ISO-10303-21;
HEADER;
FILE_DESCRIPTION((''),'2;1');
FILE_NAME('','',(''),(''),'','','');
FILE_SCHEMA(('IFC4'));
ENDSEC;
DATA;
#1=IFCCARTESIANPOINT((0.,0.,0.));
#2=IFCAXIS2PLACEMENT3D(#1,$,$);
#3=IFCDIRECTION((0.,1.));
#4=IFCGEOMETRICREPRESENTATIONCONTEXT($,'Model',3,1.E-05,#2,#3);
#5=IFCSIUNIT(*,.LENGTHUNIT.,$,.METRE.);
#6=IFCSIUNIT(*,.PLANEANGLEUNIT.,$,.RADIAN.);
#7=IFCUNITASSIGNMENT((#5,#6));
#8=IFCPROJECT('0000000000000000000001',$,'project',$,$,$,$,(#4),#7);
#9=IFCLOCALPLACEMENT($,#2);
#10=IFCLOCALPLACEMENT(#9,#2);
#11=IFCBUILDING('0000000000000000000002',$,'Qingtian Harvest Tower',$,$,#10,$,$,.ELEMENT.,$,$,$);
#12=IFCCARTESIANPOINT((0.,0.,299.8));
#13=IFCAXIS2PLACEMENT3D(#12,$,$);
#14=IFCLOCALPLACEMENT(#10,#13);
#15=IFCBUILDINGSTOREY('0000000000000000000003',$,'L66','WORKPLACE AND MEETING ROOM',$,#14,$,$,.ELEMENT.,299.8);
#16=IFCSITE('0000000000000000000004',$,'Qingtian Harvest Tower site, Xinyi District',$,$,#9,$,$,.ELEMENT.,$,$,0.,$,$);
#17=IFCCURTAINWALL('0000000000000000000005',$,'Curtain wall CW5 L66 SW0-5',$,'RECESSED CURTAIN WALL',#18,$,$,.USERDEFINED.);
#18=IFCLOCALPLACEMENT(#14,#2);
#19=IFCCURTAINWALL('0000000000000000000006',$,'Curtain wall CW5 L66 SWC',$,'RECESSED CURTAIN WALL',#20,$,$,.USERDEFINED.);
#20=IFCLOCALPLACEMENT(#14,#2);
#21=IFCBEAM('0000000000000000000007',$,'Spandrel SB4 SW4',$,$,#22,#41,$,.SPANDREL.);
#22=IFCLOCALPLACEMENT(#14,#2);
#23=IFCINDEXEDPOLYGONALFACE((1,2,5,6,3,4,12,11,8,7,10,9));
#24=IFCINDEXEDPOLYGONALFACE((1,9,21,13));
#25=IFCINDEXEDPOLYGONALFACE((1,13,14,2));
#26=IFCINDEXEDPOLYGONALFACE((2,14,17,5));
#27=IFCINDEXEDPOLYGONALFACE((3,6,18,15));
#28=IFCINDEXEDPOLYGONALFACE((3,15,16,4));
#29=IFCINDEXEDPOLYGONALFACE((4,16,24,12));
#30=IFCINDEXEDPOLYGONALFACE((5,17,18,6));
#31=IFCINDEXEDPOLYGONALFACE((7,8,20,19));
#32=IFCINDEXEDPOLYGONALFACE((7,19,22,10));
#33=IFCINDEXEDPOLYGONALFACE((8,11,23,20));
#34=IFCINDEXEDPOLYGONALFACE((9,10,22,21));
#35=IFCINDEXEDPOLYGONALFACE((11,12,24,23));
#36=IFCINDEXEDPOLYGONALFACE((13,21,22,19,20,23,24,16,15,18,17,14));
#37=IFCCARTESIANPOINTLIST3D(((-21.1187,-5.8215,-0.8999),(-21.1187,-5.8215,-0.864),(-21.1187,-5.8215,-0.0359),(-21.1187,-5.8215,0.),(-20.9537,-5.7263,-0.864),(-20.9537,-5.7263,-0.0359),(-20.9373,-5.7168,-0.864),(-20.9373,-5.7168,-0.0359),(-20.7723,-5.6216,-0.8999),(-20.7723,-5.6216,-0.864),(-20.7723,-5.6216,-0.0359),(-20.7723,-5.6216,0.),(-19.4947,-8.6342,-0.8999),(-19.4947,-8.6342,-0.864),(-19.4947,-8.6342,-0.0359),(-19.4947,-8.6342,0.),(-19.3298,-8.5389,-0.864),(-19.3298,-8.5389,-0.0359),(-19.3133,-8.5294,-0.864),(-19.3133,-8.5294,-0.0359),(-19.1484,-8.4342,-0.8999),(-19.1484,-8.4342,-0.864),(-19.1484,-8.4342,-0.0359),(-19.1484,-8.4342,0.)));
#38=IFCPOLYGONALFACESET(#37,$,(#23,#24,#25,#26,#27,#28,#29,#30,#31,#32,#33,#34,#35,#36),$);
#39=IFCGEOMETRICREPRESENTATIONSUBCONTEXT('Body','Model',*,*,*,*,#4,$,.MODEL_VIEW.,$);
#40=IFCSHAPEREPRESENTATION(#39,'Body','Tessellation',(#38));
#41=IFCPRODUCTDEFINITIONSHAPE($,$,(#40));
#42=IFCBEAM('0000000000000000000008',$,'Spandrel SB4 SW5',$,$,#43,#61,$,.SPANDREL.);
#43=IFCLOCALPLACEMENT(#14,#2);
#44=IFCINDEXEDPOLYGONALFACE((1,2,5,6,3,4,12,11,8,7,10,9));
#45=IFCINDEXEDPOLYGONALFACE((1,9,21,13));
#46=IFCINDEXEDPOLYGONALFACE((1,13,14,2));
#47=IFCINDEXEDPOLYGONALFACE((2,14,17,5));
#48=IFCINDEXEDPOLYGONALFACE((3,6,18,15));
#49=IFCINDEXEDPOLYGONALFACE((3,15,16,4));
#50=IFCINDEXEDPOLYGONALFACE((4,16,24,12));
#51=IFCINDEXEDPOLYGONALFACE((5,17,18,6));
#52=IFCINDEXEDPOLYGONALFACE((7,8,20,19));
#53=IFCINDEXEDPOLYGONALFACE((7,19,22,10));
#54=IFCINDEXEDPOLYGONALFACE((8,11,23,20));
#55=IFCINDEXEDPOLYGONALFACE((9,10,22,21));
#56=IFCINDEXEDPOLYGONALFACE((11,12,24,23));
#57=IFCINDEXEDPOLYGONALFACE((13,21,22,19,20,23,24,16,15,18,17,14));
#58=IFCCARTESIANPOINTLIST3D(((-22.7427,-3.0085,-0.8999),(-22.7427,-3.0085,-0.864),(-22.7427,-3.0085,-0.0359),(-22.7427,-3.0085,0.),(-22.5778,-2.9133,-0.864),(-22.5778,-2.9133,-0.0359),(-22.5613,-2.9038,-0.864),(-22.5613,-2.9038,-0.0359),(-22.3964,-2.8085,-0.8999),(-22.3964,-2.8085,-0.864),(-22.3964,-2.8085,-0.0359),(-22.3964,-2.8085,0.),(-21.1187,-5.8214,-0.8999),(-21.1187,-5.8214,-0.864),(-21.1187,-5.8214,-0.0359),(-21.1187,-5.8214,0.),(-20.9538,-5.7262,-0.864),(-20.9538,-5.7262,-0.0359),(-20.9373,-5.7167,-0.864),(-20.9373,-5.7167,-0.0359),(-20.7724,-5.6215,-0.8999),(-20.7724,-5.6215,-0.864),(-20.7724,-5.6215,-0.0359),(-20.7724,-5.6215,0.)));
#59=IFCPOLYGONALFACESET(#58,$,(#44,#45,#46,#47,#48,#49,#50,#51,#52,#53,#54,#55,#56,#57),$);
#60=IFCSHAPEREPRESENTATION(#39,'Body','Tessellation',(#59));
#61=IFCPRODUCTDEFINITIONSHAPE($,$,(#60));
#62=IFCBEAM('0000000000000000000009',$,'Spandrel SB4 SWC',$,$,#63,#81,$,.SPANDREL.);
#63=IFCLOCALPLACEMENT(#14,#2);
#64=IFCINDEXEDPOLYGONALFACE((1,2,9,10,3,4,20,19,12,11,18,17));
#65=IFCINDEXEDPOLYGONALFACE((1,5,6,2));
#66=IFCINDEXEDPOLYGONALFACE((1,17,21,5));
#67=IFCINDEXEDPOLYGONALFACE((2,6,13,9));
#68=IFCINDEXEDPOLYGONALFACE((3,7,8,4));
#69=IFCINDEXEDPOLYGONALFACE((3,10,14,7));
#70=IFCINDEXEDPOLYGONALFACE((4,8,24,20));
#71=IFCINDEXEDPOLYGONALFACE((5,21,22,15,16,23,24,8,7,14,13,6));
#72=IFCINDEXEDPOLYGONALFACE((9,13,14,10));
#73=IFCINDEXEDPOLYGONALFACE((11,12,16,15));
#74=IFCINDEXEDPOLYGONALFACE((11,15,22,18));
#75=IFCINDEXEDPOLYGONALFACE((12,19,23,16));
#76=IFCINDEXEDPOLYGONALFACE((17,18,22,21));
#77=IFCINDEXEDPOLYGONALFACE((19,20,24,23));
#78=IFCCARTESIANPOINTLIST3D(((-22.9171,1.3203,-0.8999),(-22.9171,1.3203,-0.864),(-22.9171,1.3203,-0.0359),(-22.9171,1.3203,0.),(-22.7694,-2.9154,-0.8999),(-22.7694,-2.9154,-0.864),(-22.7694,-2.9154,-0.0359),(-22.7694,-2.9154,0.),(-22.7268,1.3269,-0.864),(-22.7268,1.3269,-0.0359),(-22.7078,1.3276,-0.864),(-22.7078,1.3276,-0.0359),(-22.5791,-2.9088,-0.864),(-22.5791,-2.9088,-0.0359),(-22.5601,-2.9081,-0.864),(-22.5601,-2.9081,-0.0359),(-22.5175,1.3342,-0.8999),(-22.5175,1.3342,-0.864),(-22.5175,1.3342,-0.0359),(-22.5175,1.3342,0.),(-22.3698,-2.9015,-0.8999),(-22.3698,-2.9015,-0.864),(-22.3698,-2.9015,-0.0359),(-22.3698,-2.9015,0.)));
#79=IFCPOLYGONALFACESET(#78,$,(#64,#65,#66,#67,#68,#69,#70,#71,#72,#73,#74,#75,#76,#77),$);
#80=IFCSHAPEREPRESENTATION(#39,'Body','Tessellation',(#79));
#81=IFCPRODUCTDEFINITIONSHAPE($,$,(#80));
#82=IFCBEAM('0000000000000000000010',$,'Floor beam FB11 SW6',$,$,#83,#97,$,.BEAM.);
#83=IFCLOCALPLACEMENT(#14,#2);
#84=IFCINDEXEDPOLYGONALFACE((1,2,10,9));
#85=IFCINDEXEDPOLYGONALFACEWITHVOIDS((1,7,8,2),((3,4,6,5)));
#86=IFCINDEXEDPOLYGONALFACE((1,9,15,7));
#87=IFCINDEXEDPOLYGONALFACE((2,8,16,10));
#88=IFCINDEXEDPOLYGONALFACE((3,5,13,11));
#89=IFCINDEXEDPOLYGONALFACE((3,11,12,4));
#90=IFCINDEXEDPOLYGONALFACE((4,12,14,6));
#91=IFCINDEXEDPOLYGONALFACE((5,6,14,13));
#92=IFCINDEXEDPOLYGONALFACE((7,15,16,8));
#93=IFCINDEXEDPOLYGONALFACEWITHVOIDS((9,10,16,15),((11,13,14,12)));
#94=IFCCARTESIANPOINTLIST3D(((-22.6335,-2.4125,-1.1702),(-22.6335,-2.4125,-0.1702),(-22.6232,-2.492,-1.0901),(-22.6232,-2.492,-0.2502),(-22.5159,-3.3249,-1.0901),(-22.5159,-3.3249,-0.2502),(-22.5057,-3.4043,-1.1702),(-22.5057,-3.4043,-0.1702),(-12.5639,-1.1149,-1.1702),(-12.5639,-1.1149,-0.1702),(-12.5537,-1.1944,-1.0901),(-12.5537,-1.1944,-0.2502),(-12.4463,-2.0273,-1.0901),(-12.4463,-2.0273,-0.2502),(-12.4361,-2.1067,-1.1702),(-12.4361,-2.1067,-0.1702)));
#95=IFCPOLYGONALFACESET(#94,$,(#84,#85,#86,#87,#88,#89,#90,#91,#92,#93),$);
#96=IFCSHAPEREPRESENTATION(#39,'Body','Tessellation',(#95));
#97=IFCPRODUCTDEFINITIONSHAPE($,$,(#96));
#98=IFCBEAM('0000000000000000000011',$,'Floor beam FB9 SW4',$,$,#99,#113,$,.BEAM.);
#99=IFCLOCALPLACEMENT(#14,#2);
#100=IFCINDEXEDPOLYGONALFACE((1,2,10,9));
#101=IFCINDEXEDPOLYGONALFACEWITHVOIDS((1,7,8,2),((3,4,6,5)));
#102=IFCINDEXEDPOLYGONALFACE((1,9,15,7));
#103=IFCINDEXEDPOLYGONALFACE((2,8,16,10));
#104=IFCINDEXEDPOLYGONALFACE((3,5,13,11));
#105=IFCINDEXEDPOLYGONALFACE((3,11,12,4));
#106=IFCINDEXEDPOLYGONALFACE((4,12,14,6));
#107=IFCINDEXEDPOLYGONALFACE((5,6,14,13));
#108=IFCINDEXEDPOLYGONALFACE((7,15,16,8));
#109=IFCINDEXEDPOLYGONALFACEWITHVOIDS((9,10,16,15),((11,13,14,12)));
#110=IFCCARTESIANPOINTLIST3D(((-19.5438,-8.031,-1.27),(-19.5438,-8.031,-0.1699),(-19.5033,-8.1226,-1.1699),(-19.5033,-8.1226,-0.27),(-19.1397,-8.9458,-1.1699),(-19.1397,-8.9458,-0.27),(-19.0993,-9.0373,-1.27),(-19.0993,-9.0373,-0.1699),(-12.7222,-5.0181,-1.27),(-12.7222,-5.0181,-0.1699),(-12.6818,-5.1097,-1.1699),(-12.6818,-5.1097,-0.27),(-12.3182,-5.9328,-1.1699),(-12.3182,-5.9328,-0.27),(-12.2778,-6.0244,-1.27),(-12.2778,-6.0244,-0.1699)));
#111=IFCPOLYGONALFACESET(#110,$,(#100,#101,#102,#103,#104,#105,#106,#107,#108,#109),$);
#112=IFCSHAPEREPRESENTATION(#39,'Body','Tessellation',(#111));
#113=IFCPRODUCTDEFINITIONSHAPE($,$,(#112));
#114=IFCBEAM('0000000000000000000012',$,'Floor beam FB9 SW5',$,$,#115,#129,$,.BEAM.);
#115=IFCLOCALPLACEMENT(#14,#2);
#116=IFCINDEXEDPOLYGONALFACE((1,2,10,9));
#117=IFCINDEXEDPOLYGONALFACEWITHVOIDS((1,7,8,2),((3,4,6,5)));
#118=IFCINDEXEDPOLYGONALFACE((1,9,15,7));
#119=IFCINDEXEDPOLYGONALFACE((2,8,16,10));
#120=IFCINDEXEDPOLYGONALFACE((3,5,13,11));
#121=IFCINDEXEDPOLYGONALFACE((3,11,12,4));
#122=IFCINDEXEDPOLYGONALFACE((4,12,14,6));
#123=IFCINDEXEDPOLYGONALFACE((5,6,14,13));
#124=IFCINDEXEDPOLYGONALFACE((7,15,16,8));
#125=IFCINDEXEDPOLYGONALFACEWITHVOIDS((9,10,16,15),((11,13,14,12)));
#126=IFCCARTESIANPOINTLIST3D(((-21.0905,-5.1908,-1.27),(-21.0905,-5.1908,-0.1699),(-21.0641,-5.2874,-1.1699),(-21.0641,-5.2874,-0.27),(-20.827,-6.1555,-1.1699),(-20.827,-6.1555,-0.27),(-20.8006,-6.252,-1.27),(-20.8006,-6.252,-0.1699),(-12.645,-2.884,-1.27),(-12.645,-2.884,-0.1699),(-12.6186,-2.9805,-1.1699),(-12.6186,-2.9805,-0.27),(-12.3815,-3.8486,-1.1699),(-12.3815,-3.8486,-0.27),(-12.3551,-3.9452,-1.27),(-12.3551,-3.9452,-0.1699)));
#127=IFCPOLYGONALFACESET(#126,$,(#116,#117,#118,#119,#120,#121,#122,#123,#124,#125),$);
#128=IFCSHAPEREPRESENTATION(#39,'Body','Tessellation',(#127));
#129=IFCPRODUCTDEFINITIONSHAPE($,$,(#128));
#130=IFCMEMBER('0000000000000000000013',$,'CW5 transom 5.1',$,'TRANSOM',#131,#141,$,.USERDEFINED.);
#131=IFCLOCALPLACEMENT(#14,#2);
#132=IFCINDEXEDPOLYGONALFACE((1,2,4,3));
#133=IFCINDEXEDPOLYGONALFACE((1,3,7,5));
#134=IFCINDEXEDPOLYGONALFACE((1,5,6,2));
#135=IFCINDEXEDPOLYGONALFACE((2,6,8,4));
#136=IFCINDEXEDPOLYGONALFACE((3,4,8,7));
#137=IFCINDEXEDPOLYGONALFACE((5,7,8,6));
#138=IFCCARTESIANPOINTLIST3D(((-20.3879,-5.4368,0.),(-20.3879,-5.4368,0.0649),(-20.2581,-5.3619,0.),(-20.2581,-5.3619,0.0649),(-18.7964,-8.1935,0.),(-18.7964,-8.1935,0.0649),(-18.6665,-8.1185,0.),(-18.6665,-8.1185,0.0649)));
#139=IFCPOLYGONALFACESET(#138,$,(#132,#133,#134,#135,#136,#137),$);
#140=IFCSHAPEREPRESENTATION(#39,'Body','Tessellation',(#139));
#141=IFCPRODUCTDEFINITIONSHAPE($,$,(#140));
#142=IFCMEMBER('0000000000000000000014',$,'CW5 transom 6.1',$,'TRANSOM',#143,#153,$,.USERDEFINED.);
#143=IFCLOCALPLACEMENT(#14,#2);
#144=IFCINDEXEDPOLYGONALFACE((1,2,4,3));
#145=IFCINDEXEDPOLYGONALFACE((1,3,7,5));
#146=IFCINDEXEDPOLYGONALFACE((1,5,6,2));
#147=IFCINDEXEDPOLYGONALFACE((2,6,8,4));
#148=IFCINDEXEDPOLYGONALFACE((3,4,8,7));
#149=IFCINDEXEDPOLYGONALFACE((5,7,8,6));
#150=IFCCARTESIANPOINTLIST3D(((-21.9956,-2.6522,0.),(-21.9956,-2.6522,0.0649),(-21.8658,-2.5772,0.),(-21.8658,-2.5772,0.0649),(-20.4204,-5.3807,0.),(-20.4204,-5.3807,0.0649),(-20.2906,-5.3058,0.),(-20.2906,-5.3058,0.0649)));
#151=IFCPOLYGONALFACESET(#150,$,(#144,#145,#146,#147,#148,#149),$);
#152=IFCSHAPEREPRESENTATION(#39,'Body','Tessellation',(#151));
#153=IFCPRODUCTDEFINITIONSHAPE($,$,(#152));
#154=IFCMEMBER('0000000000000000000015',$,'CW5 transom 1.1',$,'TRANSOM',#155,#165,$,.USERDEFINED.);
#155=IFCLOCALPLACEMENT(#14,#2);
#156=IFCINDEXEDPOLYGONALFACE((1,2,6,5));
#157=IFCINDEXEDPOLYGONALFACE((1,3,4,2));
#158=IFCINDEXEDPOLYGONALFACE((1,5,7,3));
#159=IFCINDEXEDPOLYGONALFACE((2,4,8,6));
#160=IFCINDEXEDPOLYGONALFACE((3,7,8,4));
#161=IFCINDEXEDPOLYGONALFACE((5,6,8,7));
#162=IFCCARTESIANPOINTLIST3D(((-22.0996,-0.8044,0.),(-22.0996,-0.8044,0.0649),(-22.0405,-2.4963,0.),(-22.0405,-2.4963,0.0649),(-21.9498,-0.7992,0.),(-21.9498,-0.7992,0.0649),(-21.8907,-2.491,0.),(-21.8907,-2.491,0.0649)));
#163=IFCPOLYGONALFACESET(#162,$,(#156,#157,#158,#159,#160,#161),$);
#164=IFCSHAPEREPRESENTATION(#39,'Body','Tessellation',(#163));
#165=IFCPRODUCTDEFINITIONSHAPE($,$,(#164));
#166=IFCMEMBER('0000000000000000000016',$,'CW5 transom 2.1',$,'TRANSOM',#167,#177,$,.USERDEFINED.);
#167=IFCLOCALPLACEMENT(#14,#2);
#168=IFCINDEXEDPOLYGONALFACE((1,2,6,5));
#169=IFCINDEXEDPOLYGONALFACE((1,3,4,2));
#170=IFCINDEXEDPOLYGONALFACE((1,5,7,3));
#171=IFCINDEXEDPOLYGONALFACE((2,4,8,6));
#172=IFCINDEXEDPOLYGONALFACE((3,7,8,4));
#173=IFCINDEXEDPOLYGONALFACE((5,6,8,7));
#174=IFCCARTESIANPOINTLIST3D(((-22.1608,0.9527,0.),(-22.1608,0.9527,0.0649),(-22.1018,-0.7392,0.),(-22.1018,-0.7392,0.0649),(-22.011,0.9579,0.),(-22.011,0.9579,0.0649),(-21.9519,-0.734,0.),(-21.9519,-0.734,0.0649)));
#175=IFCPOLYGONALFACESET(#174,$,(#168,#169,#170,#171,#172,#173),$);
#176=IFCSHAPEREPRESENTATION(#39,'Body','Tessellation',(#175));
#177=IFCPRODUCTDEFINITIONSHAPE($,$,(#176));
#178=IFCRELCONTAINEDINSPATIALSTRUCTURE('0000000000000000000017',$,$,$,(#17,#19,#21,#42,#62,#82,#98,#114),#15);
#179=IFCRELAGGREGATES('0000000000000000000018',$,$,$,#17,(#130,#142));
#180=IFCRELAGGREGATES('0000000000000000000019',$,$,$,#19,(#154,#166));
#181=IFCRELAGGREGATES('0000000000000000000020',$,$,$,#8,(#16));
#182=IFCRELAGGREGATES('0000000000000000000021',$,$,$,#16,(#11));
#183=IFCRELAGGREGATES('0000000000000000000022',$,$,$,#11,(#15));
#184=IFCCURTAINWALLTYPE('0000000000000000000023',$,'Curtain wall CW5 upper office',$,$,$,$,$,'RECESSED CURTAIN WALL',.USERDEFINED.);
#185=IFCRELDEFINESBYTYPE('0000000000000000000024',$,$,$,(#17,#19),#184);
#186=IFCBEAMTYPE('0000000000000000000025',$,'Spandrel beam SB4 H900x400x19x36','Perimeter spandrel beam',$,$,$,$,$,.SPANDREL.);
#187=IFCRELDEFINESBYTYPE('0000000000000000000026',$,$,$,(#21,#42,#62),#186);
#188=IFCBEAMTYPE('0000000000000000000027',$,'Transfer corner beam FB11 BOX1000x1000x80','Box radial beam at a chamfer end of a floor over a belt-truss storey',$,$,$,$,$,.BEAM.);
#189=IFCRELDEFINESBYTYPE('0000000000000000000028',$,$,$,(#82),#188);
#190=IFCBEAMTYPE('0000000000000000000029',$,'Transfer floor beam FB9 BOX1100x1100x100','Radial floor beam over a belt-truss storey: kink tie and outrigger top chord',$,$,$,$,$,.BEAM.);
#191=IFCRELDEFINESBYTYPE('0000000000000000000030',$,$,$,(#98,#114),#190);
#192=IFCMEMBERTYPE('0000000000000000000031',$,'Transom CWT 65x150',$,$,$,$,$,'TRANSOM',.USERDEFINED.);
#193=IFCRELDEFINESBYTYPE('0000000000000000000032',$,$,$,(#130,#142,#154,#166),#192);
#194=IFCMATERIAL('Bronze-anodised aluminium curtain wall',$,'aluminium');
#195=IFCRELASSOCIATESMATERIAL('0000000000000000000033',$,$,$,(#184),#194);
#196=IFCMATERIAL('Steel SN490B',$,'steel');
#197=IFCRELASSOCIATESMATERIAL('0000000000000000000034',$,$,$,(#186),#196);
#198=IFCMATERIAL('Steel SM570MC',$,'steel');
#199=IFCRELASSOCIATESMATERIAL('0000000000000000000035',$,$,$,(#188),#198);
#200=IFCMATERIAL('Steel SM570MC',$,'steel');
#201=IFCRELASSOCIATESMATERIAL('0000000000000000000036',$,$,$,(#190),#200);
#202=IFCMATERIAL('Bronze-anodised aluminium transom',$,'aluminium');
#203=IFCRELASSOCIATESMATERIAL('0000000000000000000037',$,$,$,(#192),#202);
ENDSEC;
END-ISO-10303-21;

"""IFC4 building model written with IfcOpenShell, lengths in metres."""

from ifc_helpers import new_model, si_unit, direction, frame, origin, origin_2d, place, context, subcontext, project, spatial, rectangle, hollow_rectangle, i_section, extrude, material, material_profile, profile_set, type_object, element, aggregate, save


model = new_model("IFC4")

# Units and contexts
model_context = context("Model", 3, precision=1e-05, world=origin(), true_north=direction((0.0, 1.0)))
body_context = subcontext(model_context, "Body", "Model", "MODEL_VIEW")
ifc_project = project(units=[si_unit("LENGTHUNIT", "METRE"), si_unit("PLANEANGLEUNIT", "RADIAN")], contexts=[model_context])

# Site, building, storey
site_placement = place(None, origin())
site = spatial("IfcSite", under=ifc_project, at=site_placement, Name="Qingtian Harvest Tower site, Xinyi District", CompositionType="ELEMENT", RefElevation=0.0)
building_placement = place(site_placement, origin())
building = spatial("IfcBuilding", under=site, at=building_placement, Name="Qingtian Harvest Tower", CompositionType="ELEMENT")
storey_placement = place(building_placement, frame((0.0, 0.0, 299.8)))
storey = spatial("IfcBuildingStorey", under=building, at=storey_placement, Name="L66", Description="WORKPLACE AND MEETING ROOM", CompositionType="ELEMENT", Elevation=299.8)

# Curtain walls
ifc_material_1 = material(Name="Bronze-anodised aluminium curtain wall", Category="aluminium")
curtain_wall_type = type_object("IfcCurtainWallType", Name="Curtain wall CW5 upper office", ElementType="RECESSED CURTAIN WALL", PredefinedType="USERDEFINED", material=ifc_material_1)
curtain_wall_1_placement = place(storey_placement, origin())
curtain_wall_1 = element("IfcCurtainWall", 1, at=curtain_wall_1_placement, inside=storey, type_object=curtain_wall_type, Name="Curtain wall CW5 L66 SW0-5", ObjectType="RECESSED CURTAIN WALL", PredefinedType="USERDEFINED")
curtain_wall_2_placement = place(storey_placement, origin())
curtain_wall_2 = element("IfcCurtainWall", 2, at=curtain_wall_2_placement, inside=storey, type_object=curtain_wall_type, Name="Curtain wall CW5 L66 SWC", ObjectType="RECESSED CURTAIN WALL", PredefinedType="USERDEFINED")

# Beams
ifc_material_2 = material(Name="Steel SN490B", Category="steel")
ifc_material_profile_1 = material_profile(ifc_material_2, i_section(OverallWidth=0.3999, OverallDepth=0.8999, WebThickness=0.019, FlangeThickness=0.0359, at=origin_2d()), Name="H900x400x19x36")
ifc_profile_set_1 = profile_set([ifc_material_profile_1], Name="Steel SN490B")
beam_type_1 = type_object("IfcBeamType", Name="Spandrel beam SB4 H900x400x19x36", Description="Perimeter spandrel beam", PredefinedType="SPANDREL", material=ifc_profile_set_1)
beam_1_placement = place(storey_placement, frame((-19.3215, -8.5342, -0.45), z_axis=(-0.50002, 0.866014, 0.0), x_axis=(-0.866014, -0.50002, 0.0)))
element("IfcBeam", 3, at=beam_1_placement, inside=storey, type_object=beam_type_1, Name="Spandrel SB4 SW4", PredefinedType="SPANDREL", context=body_context, shape_type="SweptSolid", body=[
    extrude(i_section(OverallWidth=0.3999, OverallDepth=0.8999, WebThickness=0.019, FlangeThickness=0.0359, at=origin_2d()), origin(), (0.0, 0.0, 1.0), 3.2478),
])
beam_2_placement = place(storey_placement, frame((-20.9456, -5.7214, -0.45), z_axis=(-0.499987, 0.866033, 0.0), x_axis=(-0.866033, -0.499987, 0.0)))
element("IfcBeam", 4, at=beam_2_placement, inside=storey, type_object=beam_type_1, Name="Spandrel SB4 SW5", PredefinedType="SPANDREL", context=body_context, shape_type="SweptSolid", body=[
    extrude(i_section(OverallWidth=0.3999, OverallDepth=0.8999, WebThickness=0.019, FlangeThickness=0.0359, at=origin_2d()), origin(), (0.0, 0.0, 1.0), 3.248),
])
beam_3_placement = place(storey_placement, frame((-22.5696, -2.9084, -0.45), z_axis=(-0.034851, 0.999393, 0.0), x_axis=(-0.999393, -0.034851, 0.0)))
element("IfcBeam", 5, at=beam_3_placement, inside=storey, type_object=beam_type_1, Name="Spandrel SB4 SWC", PredefinedType="SPANDREL", context=body_context, shape_type="SweptSolid", body=[
    extrude(i_section(OverallWidth=0.3999, OverallDepth=0.8999, WebThickness=0.019, FlangeThickness=0.0359, at=origin_2d()), origin(), (0.0, 0.0, 1.0), 4.2383),
])
ifc_material_3 = material(Name="Steel SM570MC", Category="steel")
ifc_material_profile_2 = material_profile(ifc_material_3, hollow_rectangle(XDim=1.0, YDim=1.0, WallThickness=0.0801, at=origin_2d()), Name="BOX1000x1000x80")
ifc_profile_set_2 = profile_set([ifc_material_profile_2], Name="Steel SM570MC")
beam_type_2 = type_object("IfcBeamType", Name="Transfer corner beam FB11 BOX1000x1000x80", Description="Box radial beam at a chamfer end of a floor over a belt-truss storey", PredefinedType="BEAM", material=ifc_profile_set_2)
beam_4_placement = place(storey_placement, frame((-22.5696, -2.9084, -0.6702), z_axis=(0.991799, 0.127807, 0.0), x_axis=(-0.127807, 0.991799, 0.0)))
element("IfcBeam", 6, at=beam_4_placement, inside=storey, type_object=beam_type_2, Name="Floor beam FB11 SW6", PredefinedType="BEAM", context=body_context, shape_type="SweptSolid", body=[
    extrude(hollow_rectangle(XDim=1.0, YDim=1.0, WallThickness=0.0801, at=origin_2d()), origin(), (0.0, 0.0, 1.0), 10.1528),
])
ifc_material_4 = material(Name="Steel SM570MC", Category="steel")
ifc_material_profile_3 = material_profile(ifc_material_4, hollow_rectangle(XDim=1.1001, YDim=1.1001, WallThickness=0.1001, at=origin_2d()), Name="BOX1100x1100x100")
ifc_profile_set_3 = profile_set([ifc_material_profile_3], Name="Steel SM570MC")
beam_type_3 = type_object("IfcBeamType", Name="Transfer floor beam FB9 BOX1100x1100x100", Description="Radial floor beam over a belt-truss storey: kink tie and outrigger top chord", PredefinedType="BEAM", material=ifc_profile_set_3)
beam_5_placement = place(storey_placement, frame((-19.3215, -8.5342, -0.72), z_axis=(0.914747, 0.404026, 0.0), x_axis=(-0.404026, 0.914747, 0.0)))
element("IfcBeam", 7, at=beam_5_placement, inside=storey, type_object=beam_type_3, Name="Floor beam FB9 SW4", PredefinedType="BEAM", context=body_context, shape_type="SweptSolid", body=[
    extrude(hollow_rectangle(XDim=1.1001, YDim=1.1001, WallThickness=0.1001, at=origin_2d()), origin(), (0.0, 0.0, 1.0), 7.4573),
])
beam_6_placement = place(storey_placement, frame((-20.9456, -5.7214, -0.72), z_axis=(0.964661, 0.263495, 0.0), x_axis=(-0.263495, 0.964661, 0.0)))
element("IfcBeam", 8, at=beam_6_placement, inside=storey, type_object=beam_type_3, Name="Floor beam FB9 SW5", PredefinedType="BEAM", context=body_context, shape_type="SweptSolid", body=[
    extrude(hollow_rectangle(XDim=1.1001, YDim=1.1001, WallThickness=0.1001, at=origin_2d()), origin(), (0.0, 0.0, 1.0), 8.7549),
])

# Members
ifc_material_5 = material(Name="Bronze-anodised aluminium transom", Category="aluminium")
ifc_material_profile_4 = material_profile(ifc_material_5, rectangle(XDim=0.1499, YDim=0.0649, at=origin_2d()), Name="AL 65x150")
ifc_profile_set_4 = profile_set([ifc_material_profile_4], Name="Bronze-anodised aluminium transom")
member_type_1 = type_object("IfcMemberType", Name="Transom CWT 65x150", ElementType="TRANSOM", PredefinedType="USERDEFINED", material=ifc_profile_set_4)
member_1_placement = place(storey_placement, frame((-18.7314, -8.156, 0.0325), z_axis=(-0.500008, 0.866021, 0.0), x_axis=(-0.866021, -0.500008, 0.0)))
member_1 = element("IfcMember", 9, at=member_1_placement, type_object=member_type_1, Name="CW5 transom 5.1", ObjectType="TRANSOM", PredefinedType="USERDEFINED", context=body_context, shape_type="SweptSolid", body=[
    extrude(rectangle(XDim=0.1499, YDim=0.0649, at=origin_2d()), origin(), (0.0, 0.0, 1.0), 3.1831),
])
member_2_placement = place(storey_placement, frame((-20.3555, -5.3433, 0.0325), z_axis=(-0.499973, 0.866041, 0.0), x_axis=(-0.866041, -0.499973, 0.0)))
member_2 = element("IfcMember", 10, at=member_2_placement, type_object=member_type_1, Name="CW5 transom 6.1", ObjectType="TRANSOM", PredefinedType="USERDEFINED", context=body_context, shape_type="SweptSolid", body=[
    extrude(rectangle(XDim=0.1499, YDim=0.0649, at=origin_2d()), origin(), (0.0, 0.0, 1.0), 3.1506),
])
member_3_placement = place(storey_placement, frame((-21.9656, -2.4937, 0.0325), z_axis=(-0.034899, 0.999391, 0.0), x_axis=(-0.999391, -0.034899, 0.0)))
member_3 = element("IfcMember", 11, at=member_3_placement, type_object=member_type_1, Name="CW5 transom 1.1", ObjectType="TRANSOM", PredefinedType="USERDEFINED", context=body_context, shape_type="SweptSolid", body=[
    extrude(rectangle(XDim=0.1499, YDim=0.0649, at=origin_2d()), origin(), (0.0, 0.0, 1.0), 1.6929),
])
member_4_placement = place(storey_placement, frame((-22.0269, -0.7366, 0.0325), z_axis=(-0.034899, 0.999391, 0.0), x_axis=(-0.999391, -0.034899, 0.0)))
member_4 = element("IfcMember", 12, at=member_4_placement, type_object=member_type_1, Name="CW5 transom 2.1", ObjectType="TRANSOM", PredefinedType="USERDEFINED", context=body_context, shape_type="SweptSolid", body=[
    extrude(rectangle(XDim=0.1499, YDim=0.0649, at=origin_2d()), origin(), (0.0, 0.0, 1.0), 1.6929),
])

aggregate(curtain_wall_1, [member_1, member_2])
aggregate(curtain_wall_2, [member_3, member_4])

save(model, "model.ifc")
